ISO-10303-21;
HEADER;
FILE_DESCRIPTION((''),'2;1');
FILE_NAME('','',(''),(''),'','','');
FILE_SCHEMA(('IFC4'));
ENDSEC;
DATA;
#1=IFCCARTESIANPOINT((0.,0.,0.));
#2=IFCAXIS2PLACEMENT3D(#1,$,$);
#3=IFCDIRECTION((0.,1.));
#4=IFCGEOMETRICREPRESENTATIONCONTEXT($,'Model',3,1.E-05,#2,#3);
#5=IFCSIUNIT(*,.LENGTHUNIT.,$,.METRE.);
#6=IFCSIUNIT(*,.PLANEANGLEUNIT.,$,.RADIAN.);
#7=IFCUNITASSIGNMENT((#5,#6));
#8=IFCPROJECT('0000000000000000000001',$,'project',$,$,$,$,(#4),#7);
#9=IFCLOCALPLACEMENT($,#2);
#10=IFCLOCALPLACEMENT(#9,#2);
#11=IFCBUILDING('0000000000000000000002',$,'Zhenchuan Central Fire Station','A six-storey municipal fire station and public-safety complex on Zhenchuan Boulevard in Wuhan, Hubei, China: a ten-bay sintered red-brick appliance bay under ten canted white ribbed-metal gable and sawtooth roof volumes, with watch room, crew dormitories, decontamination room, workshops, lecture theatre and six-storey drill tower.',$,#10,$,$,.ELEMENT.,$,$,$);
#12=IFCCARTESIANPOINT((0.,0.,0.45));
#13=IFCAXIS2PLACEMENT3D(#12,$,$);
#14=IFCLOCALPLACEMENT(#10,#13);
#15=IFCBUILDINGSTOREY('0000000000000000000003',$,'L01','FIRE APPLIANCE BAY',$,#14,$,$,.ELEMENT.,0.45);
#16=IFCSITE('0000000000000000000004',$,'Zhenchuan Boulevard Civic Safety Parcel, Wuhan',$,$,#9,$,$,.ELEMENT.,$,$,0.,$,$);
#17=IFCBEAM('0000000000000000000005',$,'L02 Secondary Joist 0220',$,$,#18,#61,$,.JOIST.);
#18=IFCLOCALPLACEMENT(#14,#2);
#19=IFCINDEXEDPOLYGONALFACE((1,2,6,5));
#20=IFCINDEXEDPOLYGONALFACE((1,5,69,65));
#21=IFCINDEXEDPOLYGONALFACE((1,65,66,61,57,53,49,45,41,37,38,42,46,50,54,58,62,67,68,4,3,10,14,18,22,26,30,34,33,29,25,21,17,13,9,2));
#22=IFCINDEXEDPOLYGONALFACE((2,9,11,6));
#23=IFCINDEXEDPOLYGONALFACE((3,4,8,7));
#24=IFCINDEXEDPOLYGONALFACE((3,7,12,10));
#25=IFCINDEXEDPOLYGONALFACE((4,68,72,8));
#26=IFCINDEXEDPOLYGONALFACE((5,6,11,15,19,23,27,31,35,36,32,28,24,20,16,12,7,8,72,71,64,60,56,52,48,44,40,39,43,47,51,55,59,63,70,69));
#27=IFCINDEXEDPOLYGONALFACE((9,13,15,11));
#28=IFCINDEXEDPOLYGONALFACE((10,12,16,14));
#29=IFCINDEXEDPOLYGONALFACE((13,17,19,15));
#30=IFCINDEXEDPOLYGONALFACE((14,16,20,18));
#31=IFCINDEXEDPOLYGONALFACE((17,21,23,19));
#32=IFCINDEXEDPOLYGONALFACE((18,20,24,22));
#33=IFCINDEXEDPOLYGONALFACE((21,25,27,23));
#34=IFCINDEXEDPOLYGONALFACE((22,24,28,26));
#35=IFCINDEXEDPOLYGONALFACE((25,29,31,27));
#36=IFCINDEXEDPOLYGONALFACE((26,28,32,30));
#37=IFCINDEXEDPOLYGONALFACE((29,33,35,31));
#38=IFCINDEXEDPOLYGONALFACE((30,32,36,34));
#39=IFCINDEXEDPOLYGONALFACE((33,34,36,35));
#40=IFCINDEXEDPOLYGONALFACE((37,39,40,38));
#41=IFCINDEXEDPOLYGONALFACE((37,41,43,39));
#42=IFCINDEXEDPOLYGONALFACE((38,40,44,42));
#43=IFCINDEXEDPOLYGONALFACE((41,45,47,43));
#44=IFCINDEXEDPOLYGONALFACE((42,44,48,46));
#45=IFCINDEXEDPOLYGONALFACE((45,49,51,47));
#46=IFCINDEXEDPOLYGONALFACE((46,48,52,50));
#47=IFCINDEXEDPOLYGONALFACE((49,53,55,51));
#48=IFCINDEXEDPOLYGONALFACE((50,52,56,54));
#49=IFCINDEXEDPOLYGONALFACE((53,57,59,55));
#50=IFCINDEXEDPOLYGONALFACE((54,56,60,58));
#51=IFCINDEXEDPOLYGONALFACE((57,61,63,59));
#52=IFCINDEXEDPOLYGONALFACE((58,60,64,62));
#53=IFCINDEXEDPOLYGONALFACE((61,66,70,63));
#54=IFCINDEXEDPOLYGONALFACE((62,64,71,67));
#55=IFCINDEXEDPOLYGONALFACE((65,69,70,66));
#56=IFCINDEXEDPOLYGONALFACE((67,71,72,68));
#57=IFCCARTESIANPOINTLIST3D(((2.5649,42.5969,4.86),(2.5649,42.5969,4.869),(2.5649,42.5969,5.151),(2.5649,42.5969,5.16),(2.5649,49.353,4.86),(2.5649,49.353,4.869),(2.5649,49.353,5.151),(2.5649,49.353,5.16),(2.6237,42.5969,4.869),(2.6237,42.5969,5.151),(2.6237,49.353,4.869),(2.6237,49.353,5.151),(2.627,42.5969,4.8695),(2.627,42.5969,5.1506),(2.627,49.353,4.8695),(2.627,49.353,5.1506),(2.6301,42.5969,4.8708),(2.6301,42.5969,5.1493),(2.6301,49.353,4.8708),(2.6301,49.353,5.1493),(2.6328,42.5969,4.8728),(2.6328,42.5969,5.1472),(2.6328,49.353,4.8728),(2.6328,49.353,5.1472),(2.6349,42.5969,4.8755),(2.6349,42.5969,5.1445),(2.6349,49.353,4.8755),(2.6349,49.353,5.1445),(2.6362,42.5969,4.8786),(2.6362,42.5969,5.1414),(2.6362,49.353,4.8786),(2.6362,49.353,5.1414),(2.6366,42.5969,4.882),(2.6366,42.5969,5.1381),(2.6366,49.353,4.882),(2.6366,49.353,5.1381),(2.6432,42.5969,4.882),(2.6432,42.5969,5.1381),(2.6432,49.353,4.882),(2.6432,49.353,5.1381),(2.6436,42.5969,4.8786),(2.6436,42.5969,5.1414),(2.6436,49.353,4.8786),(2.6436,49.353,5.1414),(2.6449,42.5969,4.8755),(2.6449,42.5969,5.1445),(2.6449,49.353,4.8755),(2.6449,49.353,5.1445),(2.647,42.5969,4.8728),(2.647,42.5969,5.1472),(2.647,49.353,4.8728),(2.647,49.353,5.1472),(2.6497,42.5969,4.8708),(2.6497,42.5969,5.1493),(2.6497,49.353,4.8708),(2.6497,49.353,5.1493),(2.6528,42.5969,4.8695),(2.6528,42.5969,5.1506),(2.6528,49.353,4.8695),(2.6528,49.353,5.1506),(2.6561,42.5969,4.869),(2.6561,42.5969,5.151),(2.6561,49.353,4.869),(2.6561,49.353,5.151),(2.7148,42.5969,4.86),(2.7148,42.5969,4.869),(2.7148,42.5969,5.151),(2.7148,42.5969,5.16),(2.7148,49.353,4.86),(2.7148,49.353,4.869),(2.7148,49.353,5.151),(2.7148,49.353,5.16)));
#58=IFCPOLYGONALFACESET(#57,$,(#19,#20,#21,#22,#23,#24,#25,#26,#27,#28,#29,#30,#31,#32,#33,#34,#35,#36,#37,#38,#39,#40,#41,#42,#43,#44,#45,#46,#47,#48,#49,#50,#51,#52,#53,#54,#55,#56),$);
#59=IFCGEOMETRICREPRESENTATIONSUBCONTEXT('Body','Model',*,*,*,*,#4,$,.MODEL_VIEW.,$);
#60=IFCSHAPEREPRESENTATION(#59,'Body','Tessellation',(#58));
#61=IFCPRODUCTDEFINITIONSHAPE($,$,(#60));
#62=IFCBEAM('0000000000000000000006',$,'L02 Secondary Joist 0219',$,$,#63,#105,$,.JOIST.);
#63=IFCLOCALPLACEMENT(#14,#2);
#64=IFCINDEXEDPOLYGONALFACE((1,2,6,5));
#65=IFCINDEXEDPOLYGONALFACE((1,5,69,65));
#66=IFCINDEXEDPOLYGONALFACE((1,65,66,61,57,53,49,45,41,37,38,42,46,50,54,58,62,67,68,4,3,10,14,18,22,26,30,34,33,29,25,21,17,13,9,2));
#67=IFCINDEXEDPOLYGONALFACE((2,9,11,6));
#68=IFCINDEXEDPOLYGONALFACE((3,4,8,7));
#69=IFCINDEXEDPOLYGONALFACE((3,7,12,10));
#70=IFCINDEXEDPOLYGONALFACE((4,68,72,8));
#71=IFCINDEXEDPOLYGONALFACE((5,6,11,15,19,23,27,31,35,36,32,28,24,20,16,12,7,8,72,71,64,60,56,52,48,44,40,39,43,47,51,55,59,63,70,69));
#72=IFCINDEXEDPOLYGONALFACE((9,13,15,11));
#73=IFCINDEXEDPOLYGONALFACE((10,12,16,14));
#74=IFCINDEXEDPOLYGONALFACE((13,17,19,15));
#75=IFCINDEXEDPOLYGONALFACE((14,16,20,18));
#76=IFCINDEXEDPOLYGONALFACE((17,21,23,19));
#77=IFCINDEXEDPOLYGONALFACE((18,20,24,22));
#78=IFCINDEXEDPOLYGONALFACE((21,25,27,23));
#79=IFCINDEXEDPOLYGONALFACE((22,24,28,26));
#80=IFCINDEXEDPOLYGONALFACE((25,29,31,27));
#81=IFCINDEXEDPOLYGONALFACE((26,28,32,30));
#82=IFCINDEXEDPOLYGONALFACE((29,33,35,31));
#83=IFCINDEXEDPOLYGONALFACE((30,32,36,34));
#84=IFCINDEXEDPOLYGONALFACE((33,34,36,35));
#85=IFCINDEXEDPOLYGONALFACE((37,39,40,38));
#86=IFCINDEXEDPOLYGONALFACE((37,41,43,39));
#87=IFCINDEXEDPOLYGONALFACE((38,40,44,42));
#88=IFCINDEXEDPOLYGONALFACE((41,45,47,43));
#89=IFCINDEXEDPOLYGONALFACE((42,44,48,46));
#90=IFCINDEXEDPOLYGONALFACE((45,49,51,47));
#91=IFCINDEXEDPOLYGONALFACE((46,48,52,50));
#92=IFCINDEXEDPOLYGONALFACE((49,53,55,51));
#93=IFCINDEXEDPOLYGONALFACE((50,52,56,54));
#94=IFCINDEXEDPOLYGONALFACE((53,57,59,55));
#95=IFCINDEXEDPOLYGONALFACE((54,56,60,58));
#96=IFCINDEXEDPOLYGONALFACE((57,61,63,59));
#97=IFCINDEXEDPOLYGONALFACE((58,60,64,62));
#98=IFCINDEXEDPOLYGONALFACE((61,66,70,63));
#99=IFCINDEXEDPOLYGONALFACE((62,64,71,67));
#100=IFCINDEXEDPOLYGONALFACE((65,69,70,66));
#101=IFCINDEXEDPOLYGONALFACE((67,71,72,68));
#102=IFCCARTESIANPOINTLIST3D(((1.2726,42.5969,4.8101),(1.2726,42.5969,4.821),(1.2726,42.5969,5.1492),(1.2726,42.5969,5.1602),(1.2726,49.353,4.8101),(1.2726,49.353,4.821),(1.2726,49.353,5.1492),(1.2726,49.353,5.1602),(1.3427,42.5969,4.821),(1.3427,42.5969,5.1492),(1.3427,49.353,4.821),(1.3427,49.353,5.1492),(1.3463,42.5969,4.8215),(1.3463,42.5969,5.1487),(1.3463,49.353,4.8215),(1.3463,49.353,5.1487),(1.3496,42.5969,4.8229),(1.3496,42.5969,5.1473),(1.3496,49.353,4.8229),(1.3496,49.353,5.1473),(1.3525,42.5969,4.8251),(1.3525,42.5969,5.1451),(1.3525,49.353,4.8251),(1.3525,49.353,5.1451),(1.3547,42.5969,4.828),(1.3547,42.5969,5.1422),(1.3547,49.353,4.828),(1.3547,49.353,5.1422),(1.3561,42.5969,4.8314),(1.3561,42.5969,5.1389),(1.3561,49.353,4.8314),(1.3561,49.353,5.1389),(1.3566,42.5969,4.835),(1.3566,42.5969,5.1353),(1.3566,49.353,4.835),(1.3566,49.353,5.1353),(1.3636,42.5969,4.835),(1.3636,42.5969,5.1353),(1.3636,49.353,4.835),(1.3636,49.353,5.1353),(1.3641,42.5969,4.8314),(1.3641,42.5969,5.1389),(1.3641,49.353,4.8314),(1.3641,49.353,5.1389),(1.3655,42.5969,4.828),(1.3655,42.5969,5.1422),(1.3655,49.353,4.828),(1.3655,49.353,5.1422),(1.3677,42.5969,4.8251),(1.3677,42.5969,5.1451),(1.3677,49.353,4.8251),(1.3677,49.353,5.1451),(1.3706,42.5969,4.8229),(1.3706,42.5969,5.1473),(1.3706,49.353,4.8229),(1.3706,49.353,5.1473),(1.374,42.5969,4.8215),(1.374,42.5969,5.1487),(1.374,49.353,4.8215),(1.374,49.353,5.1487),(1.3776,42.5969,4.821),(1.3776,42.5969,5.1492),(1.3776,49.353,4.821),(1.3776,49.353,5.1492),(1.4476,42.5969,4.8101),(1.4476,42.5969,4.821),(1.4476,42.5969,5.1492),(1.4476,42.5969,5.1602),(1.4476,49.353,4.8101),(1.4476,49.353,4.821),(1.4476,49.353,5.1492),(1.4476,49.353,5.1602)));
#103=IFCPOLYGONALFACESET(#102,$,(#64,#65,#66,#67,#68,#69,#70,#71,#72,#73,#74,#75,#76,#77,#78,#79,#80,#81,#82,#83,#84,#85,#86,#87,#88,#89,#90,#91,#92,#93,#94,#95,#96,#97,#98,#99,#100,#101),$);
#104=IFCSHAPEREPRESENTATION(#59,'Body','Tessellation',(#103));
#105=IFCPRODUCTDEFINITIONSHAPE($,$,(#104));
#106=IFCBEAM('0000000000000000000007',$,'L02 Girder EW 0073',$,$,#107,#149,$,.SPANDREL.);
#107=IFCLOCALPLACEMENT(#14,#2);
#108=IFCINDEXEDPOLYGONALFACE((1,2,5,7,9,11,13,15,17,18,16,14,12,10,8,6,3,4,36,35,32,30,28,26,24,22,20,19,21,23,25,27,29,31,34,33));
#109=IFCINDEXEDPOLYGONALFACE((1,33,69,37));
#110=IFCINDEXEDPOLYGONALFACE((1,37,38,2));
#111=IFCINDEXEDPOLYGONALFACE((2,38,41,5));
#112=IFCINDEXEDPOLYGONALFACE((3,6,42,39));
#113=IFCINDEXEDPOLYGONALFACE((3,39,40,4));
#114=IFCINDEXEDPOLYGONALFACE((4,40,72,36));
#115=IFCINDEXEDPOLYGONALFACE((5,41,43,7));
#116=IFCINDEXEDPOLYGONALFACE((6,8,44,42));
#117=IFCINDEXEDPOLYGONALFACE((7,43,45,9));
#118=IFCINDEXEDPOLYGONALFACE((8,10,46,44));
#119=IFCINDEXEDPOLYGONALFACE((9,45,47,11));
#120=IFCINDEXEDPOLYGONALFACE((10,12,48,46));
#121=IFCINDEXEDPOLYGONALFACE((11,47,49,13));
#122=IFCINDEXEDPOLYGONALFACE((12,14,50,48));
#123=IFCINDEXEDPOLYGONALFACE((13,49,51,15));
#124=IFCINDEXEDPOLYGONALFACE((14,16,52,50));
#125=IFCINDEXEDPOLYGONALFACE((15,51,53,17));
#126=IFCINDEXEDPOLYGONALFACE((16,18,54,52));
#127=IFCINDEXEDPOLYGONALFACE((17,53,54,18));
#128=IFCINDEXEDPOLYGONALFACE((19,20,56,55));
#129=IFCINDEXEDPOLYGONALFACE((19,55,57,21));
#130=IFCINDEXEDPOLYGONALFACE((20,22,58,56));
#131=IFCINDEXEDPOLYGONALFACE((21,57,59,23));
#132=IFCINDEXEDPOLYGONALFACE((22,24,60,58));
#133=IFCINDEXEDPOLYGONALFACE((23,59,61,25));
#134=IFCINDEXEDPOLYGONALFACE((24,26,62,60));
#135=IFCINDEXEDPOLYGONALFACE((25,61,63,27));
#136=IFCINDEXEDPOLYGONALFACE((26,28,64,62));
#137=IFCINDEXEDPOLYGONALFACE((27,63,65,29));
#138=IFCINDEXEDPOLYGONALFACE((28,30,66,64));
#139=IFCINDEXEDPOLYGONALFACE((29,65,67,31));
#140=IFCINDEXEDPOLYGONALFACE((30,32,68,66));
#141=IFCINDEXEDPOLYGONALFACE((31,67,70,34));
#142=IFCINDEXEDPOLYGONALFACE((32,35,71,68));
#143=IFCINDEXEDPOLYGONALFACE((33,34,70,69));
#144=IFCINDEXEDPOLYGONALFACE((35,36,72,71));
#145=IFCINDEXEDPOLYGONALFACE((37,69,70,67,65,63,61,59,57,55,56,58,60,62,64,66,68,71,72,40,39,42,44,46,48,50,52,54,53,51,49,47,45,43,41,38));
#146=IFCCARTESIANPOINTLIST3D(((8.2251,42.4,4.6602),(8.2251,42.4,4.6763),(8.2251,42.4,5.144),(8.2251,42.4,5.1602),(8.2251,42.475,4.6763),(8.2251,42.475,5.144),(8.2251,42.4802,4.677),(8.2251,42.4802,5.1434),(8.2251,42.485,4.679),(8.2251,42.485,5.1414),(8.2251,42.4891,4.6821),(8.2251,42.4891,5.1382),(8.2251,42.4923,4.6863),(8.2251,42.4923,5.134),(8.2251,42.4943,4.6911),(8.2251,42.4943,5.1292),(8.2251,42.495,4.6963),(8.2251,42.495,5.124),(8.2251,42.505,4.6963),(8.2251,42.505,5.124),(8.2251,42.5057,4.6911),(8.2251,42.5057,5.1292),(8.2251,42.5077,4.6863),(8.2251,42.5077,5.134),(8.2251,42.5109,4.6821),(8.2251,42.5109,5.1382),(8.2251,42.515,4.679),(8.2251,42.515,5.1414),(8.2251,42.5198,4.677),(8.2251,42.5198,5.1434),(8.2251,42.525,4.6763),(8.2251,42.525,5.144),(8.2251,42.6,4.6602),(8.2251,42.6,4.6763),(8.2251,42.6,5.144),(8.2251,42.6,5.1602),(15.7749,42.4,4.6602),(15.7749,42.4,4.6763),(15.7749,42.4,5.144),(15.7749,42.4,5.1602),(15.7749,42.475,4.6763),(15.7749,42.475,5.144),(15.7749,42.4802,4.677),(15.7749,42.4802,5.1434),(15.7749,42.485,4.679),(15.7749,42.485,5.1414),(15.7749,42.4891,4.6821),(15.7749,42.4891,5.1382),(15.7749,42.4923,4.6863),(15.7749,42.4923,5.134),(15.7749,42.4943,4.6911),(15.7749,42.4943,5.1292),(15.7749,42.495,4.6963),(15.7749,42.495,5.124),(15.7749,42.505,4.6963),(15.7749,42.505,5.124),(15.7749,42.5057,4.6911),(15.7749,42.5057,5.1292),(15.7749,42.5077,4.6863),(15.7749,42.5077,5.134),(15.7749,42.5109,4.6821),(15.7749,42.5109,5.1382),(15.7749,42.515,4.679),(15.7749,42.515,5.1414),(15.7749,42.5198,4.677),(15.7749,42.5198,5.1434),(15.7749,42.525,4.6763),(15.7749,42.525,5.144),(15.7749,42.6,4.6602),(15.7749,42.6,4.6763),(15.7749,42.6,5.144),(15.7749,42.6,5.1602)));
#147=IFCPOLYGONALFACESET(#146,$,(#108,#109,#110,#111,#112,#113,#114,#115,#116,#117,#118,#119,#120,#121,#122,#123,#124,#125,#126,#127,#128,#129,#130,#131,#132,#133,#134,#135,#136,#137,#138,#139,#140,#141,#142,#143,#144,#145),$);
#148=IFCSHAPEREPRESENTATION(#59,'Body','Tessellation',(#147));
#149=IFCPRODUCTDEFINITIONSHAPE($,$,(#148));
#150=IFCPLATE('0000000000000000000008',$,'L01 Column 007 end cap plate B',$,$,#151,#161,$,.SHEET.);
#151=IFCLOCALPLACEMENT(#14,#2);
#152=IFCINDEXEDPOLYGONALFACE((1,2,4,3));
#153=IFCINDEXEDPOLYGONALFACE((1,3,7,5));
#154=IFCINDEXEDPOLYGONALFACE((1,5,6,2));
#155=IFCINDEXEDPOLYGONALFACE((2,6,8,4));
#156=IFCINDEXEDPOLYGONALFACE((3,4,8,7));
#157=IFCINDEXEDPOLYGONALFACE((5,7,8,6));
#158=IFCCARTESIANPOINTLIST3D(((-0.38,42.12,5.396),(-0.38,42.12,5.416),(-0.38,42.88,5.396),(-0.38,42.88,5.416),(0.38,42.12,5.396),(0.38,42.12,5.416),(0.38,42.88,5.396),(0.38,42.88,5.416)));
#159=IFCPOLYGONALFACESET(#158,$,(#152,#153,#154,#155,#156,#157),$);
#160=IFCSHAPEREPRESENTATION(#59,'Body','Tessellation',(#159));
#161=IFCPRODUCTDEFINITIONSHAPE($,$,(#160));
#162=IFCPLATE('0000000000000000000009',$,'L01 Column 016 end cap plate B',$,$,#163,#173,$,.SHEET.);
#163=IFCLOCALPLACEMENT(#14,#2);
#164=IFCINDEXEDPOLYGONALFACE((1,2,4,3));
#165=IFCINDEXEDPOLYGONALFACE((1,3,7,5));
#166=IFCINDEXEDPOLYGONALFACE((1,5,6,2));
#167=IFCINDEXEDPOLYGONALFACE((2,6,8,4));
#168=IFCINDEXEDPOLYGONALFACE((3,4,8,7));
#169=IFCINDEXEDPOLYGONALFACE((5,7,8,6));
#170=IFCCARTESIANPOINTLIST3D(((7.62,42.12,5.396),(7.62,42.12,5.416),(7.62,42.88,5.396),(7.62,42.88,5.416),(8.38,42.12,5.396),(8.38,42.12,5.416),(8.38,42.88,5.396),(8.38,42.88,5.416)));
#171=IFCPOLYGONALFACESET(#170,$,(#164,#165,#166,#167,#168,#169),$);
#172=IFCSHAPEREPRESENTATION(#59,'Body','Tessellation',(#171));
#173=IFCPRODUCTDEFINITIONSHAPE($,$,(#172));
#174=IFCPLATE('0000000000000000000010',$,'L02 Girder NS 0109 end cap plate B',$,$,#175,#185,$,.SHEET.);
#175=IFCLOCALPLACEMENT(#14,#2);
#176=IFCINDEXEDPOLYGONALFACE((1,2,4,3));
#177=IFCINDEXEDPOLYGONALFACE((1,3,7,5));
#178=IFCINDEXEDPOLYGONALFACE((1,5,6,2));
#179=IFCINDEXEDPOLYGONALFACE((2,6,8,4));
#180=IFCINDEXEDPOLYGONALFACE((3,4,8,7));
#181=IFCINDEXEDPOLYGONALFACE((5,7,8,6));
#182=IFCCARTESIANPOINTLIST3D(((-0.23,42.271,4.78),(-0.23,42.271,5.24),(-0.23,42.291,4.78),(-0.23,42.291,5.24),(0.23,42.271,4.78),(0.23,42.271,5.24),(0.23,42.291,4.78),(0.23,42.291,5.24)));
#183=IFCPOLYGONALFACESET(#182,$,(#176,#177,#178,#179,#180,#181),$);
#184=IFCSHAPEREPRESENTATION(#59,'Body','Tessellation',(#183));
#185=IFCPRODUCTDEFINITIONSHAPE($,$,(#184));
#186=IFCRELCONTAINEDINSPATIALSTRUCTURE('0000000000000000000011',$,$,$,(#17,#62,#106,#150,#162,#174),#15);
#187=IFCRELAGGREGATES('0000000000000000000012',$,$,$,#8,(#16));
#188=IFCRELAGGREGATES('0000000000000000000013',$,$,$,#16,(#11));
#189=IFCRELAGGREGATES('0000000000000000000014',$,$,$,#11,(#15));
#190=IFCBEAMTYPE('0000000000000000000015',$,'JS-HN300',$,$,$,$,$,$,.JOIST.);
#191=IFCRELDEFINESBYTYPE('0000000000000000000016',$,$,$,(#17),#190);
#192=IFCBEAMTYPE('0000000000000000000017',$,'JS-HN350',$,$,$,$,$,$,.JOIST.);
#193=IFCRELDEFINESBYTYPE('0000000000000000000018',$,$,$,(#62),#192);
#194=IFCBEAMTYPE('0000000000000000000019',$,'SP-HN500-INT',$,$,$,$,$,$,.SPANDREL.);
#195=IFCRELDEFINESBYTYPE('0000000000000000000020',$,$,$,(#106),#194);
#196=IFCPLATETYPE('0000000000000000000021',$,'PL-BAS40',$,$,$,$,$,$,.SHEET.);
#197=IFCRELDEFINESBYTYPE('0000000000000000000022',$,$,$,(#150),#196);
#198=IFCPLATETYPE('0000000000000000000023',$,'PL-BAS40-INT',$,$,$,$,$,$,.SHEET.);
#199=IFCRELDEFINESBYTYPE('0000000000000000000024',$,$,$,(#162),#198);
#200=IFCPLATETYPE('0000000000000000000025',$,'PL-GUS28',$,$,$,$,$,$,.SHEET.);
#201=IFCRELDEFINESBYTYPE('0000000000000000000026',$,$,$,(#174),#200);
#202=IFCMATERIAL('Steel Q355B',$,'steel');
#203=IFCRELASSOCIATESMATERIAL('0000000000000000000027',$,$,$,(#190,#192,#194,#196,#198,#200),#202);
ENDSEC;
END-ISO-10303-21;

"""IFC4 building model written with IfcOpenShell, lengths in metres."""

from ifc_helpers import new_model, si_unit, direction, frame, origin, origin_2d, place, context, subcontext, project, spatial, rectangle, i_section, extrude, material, material_profile, profile_set, type_object, element, save


model = new_model("IFC4")

# Units and contexts
model_context = context("Model", 3, precision=1e-05, world=origin(), true_north=direction((0.0, 1.0)))
body_context = subcontext(model_context, "Body", "Model", "MODEL_VIEW")
ifc_project = project(units=[si_unit("LENGTHUNIT", "METRE"), si_unit("PLANEANGLEUNIT", "RADIAN")], contexts=[model_context])

# Site, building, storey
site_placement = place(None, origin())
site = spatial("IfcSite", under=ifc_project, at=site_placement, Name="Zhenchuan Boulevard Civic Safety Parcel, Wuhan", CompositionType="ELEMENT", RefElevation=0.0)
building_placement = place(site_placement, origin())
building = spatial("IfcBuilding", under=site, at=building_placement, Name="Zhenchuan Central Fire Station", Description="A six-storey municipal fire station and public-safety complex on Zhenchuan Boulevard in Wuhan, Hubei, China: a ten-bay sintered red-brick appliance bay under ten canted white ribbed-metal gable and sawtooth roof volumes, with watch room, crew dormitories, decontamination room, workshops, lecture theatre and six-storey drill tower.", CompositionType="ELEMENT")
storey_placement = place(building_placement, frame((0.0, 0.0, 0.45)))
storey = spatial("IfcBuildingStorey", under=building, at=storey_placement, Name="L01", Description="FIRE APPLIANCE BAY", CompositionType="ELEMENT", Elevation=0.45)

# Shared definitions
ifc_material_1 = material(Name="Steel Q355B", Category="steel")

# Beams
ifc_material_profile_1 = material_profile(ifc_material_1, i_section(OverallWidth=0.1499, OverallDepth=0.3, WebThickness=0.0066, FlangeThickness=0.009, FilletRadius=0.0129, at=origin_2d()), Name="HN 300x150")
ifc_profile_set_1 = profile_set([ifc_material_profile_1], Name="Steel Q355B")
beam_type_1 = type_object("IfcBeamType", Name="JS-HN300", PredefinedType="JOIST", material=ifc_profile_set_1)
beam_1_placement = place(storey_placement, frame((2.6399, 42.5969, 5.01), z_axis=(0.0, 1.0, 0.0), x_axis=(-1.0, 0.0, 0.0)))
element("IfcBeam", 1, at=beam_1_placement, inside=storey, type_object=beam_type_1, Name="L02 Secondary Joist 0220", PredefinedType="JOIST", context=body_context, shape_type="SweptSolid", body=[
    extrude(i_section(OverallWidth=0.1499, OverallDepth=0.3, WebThickness=0.0066, FlangeThickness=0.009, FilletRadius=0.0129, at=origin_2d()), origin(), (0.0, 0.0, 1.0), 6.7561),
])
ifc_material_profile_2 = material_profile(ifc_material_1, i_section(OverallWidth=0.175, OverallDepth=0.3501, WebThickness=0.0071, FlangeThickness=0.011, FilletRadius=0.0139, at=origin_2d()), Name="HN 350x175")
ifc_profile_set_2 = profile_set([ifc_material_profile_2], Name="Steel Q355B")
beam_type_2 = type_object("IfcBeamType", Name="JS-HN350", PredefinedType="JOIST", material=ifc_profile_set_2)
beam_2_placement = place(storey_placement, frame((1.3601, 42.5969, 4.9851), z_axis=(0.0, 1.0, 0.0), x_axis=(-1.0, 0.0, 0.0)))
element("IfcBeam", 2, at=beam_2_placement, inside=storey, type_object=beam_type_2, Name="L02 Secondary Joist 0219", PredefinedType="JOIST", context=body_context, shape_type="SweptSolid", body=[
    extrude(i_section(OverallWidth=0.175, OverallDepth=0.3501, WebThickness=0.0071, FlangeThickness=0.011, FilletRadius=0.0139, at=origin_2d()), origin(), (0.0, 0.0, 1.0), 6.7561),
])
ifc_material_profile_3 = material_profile(ifc_material_1, i_section(OverallWidth=0.2, OverallDepth=0.5, WebThickness=0.01, FlangeThickness=0.0161, FilletRadius=0.02, at=origin_2d()), Name="HN 500x200")
ifc_profile_set_3 = profile_set([ifc_material_profile_3], Name="Steel Q355B")
beam_type_3 = type_object("IfcBeamType", Name="SP-HN500-INT", PredefinedType="SPANDREL", material=ifc_profile_set_3)
beam_3_placement = place(storey_placement, frame((8.2251, 42.5, 4.9102), z_axis=(1.0, 0.0, 0.0), x_axis=(0.0, 1.0, 0.0)))
element("IfcBeam", 3, at=beam_3_placement, inside=storey, type_object=beam_type_3, Name="L02 Girder EW 0073", PredefinedType="SPANDREL", context=body_context, shape_type="SweptSolid", body=[
    extrude(i_section(OverallWidth=0.2, OverallDepth=0.5, WebThickness=0.01, FlangeThickness=0.0161, FilletRadius=0.02, at=origin_2d()), origin(), (0.0, 0.0, 1.0), 7.5498),
])

# Plates
ifc_material_profile_4 = material_profile(ifc_material_1, rectangle(XDim=0.76, YDim=0.76, at=origin_2d()), Name="PL 760x760x40")
ifc_profile_set_4 = profile_set([ifc_material_profile_4], Name="Steel Q355B")
plate_type_1 = type_object("IfcPlateType", Name="PL-BAS40", PredefinedType="SHEET", material=ifc_profile_set_4)
plate_1_placement = place(storey_placement, frame((0.0, 42.5, 5.396), z_axis=(0.0, 0.0, 1.0), x_axis=(1.0, 0.0, 0.0)))
element("IfcPlate", 4, at=plate_1_placement, inside=storey, type_object=plate_type_1, Name="L01 Column 007 end cap plate B", PredefinedType="SHEET", context=body_context, shape_type="SweptSolid", body=[
    extrude(rectangle(XDim=0.76, YDim=0.76, at=origin_2d()), origin(), (0.0, 0.0, 1.0), 0.02),
])
ifc_material_profile_5 = material_profile(ifc_material_1, rectangle(XDim=0.76, YDim=0.76, at=origin_2d()), Name="PL 760x760x40")
ifc_profile_set_5 = profile_set([ifc_material_profile_5], Name="Steel Q355B")
plate_type_2 = type_object("IfcPlateType", Name="PL-BAS40-INT", PredefinedType="SHEET", material=ifc_profile_set_5)
plate_2_placement = place(storey_placement, frame((8.0, 42.5, 5.396), z_axis=(0.0, 0.0, 1.0), x_axis=(1.0, 0.0, 0.0)))
element("IfcPlate", 5, at=plate_2_placement, inside=storey, type_object=plate_type_2, Name="L01 Column 016 end cap plate B", PredefinedType="SHEET", context=body_context, shape_type="SweptSolid", body=[
    extrude(rectangle(XDim=0.76, YDim=0.76, at=origin_2d()), origin(), (0.0, 0.0, 1.0), 0.02),
])
ifc_material_profile_6 = material_profile(ifc_material_1, rectangle(XDim=0.46, YDim=0.46, at=origin_2d()), Name="PL 460x460x28")
ifc_profile_set_6 = profile_set([ifc_material_profile_6], Name="Steel Q355B")
plate_type_3 = type_object("IfcPlateType", Name="PL-GUS28", PredefinedType="SHEET", material=ifc_profile_set_6)
plate_3_placement = place(storey_placement, frame((0.0, 42.271, 5.01), z_axis=(0.0, 1.0, 0.0), x_axis=(-1.0, 0.0, 0.0)))
element("IfcPlate", 6, at=plate_3_placement, inside=storey, type_object=plate_type_3, Name="L02 Girder NS 0109 end cap plate B", PredefinedType="SHEET", context=body_context, shape_type="SweptSolid", body=[
    extrude(rectangle(XDim=0.46, YDim=0.46, at=origin_2d()), origin(), (0.0, 0.0, 1.0), 0.02),
])

save(model, "model.ifc")
